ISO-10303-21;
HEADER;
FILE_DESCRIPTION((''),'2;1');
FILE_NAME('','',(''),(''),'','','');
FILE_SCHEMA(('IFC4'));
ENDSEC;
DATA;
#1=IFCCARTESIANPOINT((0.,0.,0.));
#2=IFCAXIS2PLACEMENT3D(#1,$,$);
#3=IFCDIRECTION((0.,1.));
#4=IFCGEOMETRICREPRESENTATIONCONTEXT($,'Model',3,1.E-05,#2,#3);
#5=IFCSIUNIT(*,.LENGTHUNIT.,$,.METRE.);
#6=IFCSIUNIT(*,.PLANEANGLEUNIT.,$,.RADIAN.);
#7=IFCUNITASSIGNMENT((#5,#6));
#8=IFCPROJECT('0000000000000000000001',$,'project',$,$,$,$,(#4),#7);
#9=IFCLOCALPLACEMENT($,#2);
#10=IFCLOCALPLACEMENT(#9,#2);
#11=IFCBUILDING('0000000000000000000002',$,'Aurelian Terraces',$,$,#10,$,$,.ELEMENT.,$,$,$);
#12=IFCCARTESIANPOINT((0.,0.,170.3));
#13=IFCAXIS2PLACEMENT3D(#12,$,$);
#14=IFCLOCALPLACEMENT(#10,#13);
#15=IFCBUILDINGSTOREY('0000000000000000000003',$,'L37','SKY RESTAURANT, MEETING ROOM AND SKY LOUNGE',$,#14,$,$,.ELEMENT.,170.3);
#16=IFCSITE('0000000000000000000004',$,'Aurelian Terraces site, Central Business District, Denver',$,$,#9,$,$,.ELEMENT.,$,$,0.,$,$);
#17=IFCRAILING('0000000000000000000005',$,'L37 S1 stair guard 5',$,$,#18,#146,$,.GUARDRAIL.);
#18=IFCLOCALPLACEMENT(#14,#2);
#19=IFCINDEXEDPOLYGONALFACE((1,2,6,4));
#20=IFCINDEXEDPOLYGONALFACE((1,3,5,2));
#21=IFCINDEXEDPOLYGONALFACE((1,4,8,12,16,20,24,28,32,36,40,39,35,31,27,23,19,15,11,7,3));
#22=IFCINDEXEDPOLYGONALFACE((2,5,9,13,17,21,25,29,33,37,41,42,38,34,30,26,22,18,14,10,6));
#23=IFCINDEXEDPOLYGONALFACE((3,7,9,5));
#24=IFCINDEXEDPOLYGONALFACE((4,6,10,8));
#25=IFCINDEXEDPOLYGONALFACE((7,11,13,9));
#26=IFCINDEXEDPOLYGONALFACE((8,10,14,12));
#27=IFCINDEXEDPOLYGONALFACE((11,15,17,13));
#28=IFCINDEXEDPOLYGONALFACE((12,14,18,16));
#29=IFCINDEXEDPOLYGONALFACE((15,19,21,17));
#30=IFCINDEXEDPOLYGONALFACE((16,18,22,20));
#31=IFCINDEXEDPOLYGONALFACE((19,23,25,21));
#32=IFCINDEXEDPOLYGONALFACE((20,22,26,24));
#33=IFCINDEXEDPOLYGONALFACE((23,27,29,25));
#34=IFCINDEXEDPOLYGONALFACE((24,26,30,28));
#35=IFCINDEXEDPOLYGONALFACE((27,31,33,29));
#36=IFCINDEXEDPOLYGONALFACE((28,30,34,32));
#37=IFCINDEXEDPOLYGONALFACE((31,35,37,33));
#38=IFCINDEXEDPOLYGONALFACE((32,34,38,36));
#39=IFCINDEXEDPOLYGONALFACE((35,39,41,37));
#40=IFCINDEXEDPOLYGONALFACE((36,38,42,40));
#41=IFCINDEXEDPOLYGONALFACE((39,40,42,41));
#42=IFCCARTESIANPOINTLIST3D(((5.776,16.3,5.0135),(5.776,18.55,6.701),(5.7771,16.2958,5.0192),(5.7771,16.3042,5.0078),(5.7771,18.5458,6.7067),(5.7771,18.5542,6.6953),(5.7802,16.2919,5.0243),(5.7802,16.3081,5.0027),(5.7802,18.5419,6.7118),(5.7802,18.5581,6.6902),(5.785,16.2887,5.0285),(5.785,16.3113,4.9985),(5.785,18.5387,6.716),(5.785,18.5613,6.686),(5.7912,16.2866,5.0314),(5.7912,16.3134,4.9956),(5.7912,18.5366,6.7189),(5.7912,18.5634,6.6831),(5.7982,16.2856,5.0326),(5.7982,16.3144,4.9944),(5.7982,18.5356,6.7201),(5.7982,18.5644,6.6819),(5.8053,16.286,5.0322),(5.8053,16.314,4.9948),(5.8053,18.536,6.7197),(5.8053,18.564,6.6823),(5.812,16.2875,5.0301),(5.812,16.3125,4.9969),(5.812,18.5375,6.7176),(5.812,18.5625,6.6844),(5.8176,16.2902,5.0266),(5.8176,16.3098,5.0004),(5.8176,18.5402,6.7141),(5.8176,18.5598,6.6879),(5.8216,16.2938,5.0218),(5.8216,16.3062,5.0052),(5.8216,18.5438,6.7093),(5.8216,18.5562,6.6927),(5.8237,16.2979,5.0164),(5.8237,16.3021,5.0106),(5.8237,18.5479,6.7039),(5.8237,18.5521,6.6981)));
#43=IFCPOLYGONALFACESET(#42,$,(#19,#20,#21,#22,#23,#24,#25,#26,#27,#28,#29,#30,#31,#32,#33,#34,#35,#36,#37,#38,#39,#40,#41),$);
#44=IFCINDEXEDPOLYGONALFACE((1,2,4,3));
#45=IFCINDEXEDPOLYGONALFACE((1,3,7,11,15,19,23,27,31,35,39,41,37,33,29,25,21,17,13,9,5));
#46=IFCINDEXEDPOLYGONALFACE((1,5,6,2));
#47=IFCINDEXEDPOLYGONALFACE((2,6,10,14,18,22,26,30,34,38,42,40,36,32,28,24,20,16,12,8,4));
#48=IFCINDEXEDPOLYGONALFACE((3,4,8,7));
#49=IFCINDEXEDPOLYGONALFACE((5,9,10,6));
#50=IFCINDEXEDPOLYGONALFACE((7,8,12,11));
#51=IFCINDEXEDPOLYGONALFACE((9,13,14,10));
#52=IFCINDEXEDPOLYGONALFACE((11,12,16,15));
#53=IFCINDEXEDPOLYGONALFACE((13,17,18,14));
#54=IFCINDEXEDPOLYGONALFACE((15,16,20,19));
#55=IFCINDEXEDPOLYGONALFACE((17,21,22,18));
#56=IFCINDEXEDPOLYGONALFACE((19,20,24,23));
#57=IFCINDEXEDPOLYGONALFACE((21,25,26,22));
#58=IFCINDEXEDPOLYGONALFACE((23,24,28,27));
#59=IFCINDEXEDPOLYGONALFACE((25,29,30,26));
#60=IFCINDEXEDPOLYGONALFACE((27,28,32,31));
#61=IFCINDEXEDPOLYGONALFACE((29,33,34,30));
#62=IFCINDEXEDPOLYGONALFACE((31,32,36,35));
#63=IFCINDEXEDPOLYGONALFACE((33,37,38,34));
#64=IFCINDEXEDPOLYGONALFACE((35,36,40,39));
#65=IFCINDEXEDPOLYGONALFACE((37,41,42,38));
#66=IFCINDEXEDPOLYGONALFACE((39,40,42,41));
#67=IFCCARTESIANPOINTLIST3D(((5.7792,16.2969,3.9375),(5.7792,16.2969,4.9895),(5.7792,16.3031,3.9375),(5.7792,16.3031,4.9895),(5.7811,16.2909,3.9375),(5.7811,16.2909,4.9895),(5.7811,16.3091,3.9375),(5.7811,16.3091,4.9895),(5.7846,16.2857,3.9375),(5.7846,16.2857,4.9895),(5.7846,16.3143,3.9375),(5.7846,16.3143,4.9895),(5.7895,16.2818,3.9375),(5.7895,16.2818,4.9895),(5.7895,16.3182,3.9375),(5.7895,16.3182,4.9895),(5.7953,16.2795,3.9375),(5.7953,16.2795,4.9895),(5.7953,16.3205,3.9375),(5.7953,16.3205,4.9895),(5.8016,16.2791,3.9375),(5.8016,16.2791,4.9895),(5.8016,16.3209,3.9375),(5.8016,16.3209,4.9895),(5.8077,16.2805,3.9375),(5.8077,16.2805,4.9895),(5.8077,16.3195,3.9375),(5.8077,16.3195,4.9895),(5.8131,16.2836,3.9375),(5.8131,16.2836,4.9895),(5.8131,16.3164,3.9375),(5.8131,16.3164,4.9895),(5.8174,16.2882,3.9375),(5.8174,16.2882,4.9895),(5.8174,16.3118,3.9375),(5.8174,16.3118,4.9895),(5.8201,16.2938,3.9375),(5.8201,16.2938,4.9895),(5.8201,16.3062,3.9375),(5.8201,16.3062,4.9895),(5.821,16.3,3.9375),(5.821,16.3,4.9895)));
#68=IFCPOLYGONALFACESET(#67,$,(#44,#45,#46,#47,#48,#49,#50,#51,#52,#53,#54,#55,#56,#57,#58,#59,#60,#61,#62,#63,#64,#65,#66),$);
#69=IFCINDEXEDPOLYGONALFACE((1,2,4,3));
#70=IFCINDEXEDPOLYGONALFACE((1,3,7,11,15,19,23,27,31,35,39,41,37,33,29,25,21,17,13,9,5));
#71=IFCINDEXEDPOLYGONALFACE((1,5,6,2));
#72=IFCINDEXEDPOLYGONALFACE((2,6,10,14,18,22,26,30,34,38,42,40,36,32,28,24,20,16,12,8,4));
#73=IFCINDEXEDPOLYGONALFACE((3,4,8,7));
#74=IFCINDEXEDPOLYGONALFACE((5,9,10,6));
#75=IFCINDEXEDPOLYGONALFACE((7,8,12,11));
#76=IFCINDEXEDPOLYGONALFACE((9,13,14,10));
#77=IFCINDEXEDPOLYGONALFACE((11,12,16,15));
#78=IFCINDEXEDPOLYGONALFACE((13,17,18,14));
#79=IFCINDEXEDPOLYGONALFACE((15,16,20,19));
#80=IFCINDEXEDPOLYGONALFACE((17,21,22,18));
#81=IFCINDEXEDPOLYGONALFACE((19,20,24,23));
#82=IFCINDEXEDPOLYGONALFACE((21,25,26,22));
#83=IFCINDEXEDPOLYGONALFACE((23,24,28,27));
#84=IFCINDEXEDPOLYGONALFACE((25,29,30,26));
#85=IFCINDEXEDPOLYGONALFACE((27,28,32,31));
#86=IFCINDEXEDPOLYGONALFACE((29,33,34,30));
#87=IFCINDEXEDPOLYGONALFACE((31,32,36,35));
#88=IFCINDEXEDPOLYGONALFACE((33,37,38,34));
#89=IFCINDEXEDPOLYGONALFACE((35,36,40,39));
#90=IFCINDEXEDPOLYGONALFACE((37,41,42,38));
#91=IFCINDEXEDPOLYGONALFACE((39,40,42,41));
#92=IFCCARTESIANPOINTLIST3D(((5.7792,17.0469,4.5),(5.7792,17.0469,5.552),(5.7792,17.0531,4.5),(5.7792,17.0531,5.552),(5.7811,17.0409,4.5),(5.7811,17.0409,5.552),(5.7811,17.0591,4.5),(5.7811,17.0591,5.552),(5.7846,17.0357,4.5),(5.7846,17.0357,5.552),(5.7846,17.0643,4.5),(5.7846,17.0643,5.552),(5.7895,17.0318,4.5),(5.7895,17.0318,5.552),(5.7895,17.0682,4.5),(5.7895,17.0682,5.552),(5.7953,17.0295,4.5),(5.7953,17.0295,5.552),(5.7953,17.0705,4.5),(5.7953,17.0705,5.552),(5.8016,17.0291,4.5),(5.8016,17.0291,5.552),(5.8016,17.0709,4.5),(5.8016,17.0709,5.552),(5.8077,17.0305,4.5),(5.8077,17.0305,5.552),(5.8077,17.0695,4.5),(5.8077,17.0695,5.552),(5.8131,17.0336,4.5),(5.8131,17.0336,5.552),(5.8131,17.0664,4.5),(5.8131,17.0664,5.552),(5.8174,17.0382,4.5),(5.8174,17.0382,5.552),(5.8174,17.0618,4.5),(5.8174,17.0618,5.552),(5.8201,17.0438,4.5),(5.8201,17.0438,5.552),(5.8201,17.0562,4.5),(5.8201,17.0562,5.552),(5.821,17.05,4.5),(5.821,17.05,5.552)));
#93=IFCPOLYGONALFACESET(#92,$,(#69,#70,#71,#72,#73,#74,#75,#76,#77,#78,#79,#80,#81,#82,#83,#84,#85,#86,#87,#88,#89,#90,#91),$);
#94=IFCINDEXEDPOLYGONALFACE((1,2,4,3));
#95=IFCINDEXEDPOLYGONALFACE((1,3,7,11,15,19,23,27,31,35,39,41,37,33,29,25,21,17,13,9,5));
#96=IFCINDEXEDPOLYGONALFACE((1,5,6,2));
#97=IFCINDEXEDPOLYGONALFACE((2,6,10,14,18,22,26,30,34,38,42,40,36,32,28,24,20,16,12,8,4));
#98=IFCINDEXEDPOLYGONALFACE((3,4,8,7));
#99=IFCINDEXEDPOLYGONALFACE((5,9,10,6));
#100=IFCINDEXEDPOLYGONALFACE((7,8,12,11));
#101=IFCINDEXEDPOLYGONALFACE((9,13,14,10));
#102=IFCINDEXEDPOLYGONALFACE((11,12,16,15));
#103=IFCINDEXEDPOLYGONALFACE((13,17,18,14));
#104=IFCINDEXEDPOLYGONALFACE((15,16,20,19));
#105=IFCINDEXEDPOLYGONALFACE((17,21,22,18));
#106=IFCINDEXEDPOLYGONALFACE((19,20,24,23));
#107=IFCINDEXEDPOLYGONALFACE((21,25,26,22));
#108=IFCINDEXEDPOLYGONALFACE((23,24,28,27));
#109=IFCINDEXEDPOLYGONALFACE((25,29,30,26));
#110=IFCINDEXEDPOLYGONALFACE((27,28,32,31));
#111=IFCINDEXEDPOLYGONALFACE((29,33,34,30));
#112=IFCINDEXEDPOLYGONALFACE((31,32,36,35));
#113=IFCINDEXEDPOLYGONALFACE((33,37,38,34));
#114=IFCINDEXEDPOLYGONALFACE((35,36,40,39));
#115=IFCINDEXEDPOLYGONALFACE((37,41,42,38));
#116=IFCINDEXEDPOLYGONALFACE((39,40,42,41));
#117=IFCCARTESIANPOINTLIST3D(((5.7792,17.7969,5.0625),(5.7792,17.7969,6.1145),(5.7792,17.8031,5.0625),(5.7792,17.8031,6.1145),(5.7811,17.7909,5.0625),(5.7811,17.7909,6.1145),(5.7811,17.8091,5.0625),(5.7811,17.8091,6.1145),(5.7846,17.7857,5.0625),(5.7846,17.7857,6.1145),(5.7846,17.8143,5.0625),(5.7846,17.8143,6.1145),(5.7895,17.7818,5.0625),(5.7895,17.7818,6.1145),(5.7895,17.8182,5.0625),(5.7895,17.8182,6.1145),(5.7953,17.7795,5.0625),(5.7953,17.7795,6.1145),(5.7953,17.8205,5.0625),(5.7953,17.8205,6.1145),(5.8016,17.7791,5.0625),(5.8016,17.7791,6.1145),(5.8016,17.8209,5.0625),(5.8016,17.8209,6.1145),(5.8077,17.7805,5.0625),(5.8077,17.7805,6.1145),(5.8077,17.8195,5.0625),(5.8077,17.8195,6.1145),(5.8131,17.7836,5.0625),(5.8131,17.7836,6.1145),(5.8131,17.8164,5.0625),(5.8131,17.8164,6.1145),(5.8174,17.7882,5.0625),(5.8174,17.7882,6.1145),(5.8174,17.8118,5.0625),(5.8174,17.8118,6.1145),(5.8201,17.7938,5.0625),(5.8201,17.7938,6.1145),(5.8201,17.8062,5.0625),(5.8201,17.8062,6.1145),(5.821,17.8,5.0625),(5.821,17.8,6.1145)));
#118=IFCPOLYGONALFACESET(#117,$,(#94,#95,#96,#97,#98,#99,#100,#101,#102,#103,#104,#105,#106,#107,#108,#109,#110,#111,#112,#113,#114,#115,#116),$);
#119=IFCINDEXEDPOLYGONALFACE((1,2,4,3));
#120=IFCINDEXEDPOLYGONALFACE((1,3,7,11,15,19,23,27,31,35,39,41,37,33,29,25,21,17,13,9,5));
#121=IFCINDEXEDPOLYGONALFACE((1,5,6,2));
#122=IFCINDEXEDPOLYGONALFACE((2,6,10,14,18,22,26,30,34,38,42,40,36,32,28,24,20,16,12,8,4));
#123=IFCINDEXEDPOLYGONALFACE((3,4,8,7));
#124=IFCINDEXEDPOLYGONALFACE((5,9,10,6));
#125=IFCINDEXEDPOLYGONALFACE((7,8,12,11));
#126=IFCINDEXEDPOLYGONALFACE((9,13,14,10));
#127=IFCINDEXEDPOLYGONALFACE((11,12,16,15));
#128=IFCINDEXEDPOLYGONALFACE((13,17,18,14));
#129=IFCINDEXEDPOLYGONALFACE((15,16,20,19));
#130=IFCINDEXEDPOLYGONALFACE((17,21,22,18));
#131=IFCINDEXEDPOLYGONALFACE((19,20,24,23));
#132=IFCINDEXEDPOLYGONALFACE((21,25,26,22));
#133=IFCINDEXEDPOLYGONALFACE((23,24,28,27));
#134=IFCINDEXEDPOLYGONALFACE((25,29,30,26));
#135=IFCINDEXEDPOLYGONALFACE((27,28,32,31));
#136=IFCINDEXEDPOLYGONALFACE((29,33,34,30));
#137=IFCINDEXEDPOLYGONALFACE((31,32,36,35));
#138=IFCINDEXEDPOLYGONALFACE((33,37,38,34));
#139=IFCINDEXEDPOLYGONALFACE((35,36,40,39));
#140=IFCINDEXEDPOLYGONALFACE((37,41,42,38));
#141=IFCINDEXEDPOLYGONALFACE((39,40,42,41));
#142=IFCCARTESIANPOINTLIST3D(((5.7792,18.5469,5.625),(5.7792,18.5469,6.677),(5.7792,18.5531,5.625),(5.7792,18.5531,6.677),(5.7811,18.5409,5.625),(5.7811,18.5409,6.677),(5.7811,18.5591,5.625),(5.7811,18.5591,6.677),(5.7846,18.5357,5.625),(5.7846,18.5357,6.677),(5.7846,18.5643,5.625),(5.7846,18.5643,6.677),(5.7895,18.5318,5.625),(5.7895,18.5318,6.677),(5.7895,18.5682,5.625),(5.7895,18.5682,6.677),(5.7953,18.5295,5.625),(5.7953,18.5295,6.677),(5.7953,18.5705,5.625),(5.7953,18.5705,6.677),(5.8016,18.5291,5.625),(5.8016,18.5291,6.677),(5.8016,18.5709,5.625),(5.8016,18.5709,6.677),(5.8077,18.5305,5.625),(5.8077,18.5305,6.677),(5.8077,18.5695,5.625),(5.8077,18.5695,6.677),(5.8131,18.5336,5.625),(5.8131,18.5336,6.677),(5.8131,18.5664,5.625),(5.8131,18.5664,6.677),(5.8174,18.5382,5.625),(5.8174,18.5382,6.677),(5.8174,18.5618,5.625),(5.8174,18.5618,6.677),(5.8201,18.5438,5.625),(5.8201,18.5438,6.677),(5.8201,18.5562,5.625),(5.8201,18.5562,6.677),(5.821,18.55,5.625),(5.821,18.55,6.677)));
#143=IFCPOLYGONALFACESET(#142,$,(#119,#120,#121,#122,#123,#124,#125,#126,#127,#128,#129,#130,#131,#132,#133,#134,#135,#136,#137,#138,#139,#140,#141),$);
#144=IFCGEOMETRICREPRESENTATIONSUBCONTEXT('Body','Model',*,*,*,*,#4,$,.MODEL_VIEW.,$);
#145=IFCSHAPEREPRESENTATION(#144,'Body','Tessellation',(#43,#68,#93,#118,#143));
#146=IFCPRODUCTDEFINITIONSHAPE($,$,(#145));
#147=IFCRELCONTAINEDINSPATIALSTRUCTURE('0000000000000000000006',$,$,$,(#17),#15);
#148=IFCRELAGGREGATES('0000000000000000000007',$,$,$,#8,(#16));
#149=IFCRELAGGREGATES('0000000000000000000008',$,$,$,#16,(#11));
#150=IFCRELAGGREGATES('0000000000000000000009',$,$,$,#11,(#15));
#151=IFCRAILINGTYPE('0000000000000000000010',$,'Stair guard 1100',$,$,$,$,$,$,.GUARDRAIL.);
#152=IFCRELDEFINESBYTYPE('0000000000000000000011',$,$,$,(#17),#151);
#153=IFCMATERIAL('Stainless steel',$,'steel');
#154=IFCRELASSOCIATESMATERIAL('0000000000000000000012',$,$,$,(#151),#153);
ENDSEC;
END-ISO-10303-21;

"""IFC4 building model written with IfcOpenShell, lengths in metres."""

from ifc_helpers import new_model, si_unit, direction, frame, origin, origin_2d, place, context, subcontext, project, spatial, circle, extrude, source, transform, mapped, material, type_object, element, save


model = new_model("IFC4")

# Units and contexts
model_context = context("Model", 3, precision=1e-05, world=origin(), true_north=direction((0.0, 1.0)))
body_context = subcontext(model_context, "Body", "Model", "MODEL_VIEW")
ifc_project = project(units=[si_unit("LENGTHUNIT", "METRE"), si_unit("PLANEANGLEUNIT", "RADIAN")], contexts=[model_context])

# Site, building, storey
site_placement = place(None, origin())
site = spatial("IfcSite", under=ifc_project, at=site_placement, Name="Aurelian Terraces site, Central Business District, Denver", CompositionType="ELEMENT", RefElevation=0.0)
building_placement = place(site_placement, origin())
building = spatial("IfcBuilding", under=site, at=building_placement, Name="Aurelian Terraces", CompositionType="ELEMENT")
storey_placement = place(building_placement, frame((0.0, 0.0, 170.3)))
storey = spatial("IfcBuildingStorey", under=building, at=storey_placement, Name="L37", Description="SKY RESTAURANT, MEETING ROOM AND SKY LOUNGE", CompositionType="ELEMENT", Elevation=170.3)

# Railing
ifc_material_1 = material(Name="Stainless steel", Category="steel")
railing_type_1 = type_object("IfcRailingType", Name="Stair guard 1100", PredefinedType="GUARDRAIL", material=ifc_material_1)
shared_shape_1 = source(origin(), body_context, "Body", "SweptSolid", [
    extrude(circle(Radius=0.024, at=origin_2d()), frame((0.0, 0.0, 1.076), z_axis=(0.0, 0.8, 0.6), x_axis=(-1.0, 0.0, 0.0)), (0.0, 0.0, 1.0), 2.8125),
    extrude(circle(Radius=0.021, at=origin_2d()), origin(), (0.0, 0.0, 1.0), 1.052),
    extrude(circle(Radius=0.021, at=origin_2d()), frame((0.0, 0.75, 0.5625)), (0.0, 0.0, 1.0), 1.052),
    extrude(circle(Radius=0.021, at=origin_2d()), frame((0.0, 1.5, 1.125)), (0.0, 0.0, 1.0), 1.052),
    extrude(circle(Radius=0.021, at=origin_2d()), frame((0.0, 2.25, 1.6875)), (0.0, 0.0, 1.0), 1.052),
])
for number, where, name in (
    (1, (5.8, 16.3, 3.9375), "L37 S1 stair guard 5"),
):
    element("IfcRailing", number, at=place(storey_placement, frame(where)), inside=storey, type_object=railing_type_1, Name=name, PredefinedType="GUARDRAIL", context=body_context, shape_type="MappedRepresentation", body=[
        mapped(shared_shape_1, transform((0.0, 0.0, 0.0), scale=1.0)),
    ])

save(model, "model.ifc")
